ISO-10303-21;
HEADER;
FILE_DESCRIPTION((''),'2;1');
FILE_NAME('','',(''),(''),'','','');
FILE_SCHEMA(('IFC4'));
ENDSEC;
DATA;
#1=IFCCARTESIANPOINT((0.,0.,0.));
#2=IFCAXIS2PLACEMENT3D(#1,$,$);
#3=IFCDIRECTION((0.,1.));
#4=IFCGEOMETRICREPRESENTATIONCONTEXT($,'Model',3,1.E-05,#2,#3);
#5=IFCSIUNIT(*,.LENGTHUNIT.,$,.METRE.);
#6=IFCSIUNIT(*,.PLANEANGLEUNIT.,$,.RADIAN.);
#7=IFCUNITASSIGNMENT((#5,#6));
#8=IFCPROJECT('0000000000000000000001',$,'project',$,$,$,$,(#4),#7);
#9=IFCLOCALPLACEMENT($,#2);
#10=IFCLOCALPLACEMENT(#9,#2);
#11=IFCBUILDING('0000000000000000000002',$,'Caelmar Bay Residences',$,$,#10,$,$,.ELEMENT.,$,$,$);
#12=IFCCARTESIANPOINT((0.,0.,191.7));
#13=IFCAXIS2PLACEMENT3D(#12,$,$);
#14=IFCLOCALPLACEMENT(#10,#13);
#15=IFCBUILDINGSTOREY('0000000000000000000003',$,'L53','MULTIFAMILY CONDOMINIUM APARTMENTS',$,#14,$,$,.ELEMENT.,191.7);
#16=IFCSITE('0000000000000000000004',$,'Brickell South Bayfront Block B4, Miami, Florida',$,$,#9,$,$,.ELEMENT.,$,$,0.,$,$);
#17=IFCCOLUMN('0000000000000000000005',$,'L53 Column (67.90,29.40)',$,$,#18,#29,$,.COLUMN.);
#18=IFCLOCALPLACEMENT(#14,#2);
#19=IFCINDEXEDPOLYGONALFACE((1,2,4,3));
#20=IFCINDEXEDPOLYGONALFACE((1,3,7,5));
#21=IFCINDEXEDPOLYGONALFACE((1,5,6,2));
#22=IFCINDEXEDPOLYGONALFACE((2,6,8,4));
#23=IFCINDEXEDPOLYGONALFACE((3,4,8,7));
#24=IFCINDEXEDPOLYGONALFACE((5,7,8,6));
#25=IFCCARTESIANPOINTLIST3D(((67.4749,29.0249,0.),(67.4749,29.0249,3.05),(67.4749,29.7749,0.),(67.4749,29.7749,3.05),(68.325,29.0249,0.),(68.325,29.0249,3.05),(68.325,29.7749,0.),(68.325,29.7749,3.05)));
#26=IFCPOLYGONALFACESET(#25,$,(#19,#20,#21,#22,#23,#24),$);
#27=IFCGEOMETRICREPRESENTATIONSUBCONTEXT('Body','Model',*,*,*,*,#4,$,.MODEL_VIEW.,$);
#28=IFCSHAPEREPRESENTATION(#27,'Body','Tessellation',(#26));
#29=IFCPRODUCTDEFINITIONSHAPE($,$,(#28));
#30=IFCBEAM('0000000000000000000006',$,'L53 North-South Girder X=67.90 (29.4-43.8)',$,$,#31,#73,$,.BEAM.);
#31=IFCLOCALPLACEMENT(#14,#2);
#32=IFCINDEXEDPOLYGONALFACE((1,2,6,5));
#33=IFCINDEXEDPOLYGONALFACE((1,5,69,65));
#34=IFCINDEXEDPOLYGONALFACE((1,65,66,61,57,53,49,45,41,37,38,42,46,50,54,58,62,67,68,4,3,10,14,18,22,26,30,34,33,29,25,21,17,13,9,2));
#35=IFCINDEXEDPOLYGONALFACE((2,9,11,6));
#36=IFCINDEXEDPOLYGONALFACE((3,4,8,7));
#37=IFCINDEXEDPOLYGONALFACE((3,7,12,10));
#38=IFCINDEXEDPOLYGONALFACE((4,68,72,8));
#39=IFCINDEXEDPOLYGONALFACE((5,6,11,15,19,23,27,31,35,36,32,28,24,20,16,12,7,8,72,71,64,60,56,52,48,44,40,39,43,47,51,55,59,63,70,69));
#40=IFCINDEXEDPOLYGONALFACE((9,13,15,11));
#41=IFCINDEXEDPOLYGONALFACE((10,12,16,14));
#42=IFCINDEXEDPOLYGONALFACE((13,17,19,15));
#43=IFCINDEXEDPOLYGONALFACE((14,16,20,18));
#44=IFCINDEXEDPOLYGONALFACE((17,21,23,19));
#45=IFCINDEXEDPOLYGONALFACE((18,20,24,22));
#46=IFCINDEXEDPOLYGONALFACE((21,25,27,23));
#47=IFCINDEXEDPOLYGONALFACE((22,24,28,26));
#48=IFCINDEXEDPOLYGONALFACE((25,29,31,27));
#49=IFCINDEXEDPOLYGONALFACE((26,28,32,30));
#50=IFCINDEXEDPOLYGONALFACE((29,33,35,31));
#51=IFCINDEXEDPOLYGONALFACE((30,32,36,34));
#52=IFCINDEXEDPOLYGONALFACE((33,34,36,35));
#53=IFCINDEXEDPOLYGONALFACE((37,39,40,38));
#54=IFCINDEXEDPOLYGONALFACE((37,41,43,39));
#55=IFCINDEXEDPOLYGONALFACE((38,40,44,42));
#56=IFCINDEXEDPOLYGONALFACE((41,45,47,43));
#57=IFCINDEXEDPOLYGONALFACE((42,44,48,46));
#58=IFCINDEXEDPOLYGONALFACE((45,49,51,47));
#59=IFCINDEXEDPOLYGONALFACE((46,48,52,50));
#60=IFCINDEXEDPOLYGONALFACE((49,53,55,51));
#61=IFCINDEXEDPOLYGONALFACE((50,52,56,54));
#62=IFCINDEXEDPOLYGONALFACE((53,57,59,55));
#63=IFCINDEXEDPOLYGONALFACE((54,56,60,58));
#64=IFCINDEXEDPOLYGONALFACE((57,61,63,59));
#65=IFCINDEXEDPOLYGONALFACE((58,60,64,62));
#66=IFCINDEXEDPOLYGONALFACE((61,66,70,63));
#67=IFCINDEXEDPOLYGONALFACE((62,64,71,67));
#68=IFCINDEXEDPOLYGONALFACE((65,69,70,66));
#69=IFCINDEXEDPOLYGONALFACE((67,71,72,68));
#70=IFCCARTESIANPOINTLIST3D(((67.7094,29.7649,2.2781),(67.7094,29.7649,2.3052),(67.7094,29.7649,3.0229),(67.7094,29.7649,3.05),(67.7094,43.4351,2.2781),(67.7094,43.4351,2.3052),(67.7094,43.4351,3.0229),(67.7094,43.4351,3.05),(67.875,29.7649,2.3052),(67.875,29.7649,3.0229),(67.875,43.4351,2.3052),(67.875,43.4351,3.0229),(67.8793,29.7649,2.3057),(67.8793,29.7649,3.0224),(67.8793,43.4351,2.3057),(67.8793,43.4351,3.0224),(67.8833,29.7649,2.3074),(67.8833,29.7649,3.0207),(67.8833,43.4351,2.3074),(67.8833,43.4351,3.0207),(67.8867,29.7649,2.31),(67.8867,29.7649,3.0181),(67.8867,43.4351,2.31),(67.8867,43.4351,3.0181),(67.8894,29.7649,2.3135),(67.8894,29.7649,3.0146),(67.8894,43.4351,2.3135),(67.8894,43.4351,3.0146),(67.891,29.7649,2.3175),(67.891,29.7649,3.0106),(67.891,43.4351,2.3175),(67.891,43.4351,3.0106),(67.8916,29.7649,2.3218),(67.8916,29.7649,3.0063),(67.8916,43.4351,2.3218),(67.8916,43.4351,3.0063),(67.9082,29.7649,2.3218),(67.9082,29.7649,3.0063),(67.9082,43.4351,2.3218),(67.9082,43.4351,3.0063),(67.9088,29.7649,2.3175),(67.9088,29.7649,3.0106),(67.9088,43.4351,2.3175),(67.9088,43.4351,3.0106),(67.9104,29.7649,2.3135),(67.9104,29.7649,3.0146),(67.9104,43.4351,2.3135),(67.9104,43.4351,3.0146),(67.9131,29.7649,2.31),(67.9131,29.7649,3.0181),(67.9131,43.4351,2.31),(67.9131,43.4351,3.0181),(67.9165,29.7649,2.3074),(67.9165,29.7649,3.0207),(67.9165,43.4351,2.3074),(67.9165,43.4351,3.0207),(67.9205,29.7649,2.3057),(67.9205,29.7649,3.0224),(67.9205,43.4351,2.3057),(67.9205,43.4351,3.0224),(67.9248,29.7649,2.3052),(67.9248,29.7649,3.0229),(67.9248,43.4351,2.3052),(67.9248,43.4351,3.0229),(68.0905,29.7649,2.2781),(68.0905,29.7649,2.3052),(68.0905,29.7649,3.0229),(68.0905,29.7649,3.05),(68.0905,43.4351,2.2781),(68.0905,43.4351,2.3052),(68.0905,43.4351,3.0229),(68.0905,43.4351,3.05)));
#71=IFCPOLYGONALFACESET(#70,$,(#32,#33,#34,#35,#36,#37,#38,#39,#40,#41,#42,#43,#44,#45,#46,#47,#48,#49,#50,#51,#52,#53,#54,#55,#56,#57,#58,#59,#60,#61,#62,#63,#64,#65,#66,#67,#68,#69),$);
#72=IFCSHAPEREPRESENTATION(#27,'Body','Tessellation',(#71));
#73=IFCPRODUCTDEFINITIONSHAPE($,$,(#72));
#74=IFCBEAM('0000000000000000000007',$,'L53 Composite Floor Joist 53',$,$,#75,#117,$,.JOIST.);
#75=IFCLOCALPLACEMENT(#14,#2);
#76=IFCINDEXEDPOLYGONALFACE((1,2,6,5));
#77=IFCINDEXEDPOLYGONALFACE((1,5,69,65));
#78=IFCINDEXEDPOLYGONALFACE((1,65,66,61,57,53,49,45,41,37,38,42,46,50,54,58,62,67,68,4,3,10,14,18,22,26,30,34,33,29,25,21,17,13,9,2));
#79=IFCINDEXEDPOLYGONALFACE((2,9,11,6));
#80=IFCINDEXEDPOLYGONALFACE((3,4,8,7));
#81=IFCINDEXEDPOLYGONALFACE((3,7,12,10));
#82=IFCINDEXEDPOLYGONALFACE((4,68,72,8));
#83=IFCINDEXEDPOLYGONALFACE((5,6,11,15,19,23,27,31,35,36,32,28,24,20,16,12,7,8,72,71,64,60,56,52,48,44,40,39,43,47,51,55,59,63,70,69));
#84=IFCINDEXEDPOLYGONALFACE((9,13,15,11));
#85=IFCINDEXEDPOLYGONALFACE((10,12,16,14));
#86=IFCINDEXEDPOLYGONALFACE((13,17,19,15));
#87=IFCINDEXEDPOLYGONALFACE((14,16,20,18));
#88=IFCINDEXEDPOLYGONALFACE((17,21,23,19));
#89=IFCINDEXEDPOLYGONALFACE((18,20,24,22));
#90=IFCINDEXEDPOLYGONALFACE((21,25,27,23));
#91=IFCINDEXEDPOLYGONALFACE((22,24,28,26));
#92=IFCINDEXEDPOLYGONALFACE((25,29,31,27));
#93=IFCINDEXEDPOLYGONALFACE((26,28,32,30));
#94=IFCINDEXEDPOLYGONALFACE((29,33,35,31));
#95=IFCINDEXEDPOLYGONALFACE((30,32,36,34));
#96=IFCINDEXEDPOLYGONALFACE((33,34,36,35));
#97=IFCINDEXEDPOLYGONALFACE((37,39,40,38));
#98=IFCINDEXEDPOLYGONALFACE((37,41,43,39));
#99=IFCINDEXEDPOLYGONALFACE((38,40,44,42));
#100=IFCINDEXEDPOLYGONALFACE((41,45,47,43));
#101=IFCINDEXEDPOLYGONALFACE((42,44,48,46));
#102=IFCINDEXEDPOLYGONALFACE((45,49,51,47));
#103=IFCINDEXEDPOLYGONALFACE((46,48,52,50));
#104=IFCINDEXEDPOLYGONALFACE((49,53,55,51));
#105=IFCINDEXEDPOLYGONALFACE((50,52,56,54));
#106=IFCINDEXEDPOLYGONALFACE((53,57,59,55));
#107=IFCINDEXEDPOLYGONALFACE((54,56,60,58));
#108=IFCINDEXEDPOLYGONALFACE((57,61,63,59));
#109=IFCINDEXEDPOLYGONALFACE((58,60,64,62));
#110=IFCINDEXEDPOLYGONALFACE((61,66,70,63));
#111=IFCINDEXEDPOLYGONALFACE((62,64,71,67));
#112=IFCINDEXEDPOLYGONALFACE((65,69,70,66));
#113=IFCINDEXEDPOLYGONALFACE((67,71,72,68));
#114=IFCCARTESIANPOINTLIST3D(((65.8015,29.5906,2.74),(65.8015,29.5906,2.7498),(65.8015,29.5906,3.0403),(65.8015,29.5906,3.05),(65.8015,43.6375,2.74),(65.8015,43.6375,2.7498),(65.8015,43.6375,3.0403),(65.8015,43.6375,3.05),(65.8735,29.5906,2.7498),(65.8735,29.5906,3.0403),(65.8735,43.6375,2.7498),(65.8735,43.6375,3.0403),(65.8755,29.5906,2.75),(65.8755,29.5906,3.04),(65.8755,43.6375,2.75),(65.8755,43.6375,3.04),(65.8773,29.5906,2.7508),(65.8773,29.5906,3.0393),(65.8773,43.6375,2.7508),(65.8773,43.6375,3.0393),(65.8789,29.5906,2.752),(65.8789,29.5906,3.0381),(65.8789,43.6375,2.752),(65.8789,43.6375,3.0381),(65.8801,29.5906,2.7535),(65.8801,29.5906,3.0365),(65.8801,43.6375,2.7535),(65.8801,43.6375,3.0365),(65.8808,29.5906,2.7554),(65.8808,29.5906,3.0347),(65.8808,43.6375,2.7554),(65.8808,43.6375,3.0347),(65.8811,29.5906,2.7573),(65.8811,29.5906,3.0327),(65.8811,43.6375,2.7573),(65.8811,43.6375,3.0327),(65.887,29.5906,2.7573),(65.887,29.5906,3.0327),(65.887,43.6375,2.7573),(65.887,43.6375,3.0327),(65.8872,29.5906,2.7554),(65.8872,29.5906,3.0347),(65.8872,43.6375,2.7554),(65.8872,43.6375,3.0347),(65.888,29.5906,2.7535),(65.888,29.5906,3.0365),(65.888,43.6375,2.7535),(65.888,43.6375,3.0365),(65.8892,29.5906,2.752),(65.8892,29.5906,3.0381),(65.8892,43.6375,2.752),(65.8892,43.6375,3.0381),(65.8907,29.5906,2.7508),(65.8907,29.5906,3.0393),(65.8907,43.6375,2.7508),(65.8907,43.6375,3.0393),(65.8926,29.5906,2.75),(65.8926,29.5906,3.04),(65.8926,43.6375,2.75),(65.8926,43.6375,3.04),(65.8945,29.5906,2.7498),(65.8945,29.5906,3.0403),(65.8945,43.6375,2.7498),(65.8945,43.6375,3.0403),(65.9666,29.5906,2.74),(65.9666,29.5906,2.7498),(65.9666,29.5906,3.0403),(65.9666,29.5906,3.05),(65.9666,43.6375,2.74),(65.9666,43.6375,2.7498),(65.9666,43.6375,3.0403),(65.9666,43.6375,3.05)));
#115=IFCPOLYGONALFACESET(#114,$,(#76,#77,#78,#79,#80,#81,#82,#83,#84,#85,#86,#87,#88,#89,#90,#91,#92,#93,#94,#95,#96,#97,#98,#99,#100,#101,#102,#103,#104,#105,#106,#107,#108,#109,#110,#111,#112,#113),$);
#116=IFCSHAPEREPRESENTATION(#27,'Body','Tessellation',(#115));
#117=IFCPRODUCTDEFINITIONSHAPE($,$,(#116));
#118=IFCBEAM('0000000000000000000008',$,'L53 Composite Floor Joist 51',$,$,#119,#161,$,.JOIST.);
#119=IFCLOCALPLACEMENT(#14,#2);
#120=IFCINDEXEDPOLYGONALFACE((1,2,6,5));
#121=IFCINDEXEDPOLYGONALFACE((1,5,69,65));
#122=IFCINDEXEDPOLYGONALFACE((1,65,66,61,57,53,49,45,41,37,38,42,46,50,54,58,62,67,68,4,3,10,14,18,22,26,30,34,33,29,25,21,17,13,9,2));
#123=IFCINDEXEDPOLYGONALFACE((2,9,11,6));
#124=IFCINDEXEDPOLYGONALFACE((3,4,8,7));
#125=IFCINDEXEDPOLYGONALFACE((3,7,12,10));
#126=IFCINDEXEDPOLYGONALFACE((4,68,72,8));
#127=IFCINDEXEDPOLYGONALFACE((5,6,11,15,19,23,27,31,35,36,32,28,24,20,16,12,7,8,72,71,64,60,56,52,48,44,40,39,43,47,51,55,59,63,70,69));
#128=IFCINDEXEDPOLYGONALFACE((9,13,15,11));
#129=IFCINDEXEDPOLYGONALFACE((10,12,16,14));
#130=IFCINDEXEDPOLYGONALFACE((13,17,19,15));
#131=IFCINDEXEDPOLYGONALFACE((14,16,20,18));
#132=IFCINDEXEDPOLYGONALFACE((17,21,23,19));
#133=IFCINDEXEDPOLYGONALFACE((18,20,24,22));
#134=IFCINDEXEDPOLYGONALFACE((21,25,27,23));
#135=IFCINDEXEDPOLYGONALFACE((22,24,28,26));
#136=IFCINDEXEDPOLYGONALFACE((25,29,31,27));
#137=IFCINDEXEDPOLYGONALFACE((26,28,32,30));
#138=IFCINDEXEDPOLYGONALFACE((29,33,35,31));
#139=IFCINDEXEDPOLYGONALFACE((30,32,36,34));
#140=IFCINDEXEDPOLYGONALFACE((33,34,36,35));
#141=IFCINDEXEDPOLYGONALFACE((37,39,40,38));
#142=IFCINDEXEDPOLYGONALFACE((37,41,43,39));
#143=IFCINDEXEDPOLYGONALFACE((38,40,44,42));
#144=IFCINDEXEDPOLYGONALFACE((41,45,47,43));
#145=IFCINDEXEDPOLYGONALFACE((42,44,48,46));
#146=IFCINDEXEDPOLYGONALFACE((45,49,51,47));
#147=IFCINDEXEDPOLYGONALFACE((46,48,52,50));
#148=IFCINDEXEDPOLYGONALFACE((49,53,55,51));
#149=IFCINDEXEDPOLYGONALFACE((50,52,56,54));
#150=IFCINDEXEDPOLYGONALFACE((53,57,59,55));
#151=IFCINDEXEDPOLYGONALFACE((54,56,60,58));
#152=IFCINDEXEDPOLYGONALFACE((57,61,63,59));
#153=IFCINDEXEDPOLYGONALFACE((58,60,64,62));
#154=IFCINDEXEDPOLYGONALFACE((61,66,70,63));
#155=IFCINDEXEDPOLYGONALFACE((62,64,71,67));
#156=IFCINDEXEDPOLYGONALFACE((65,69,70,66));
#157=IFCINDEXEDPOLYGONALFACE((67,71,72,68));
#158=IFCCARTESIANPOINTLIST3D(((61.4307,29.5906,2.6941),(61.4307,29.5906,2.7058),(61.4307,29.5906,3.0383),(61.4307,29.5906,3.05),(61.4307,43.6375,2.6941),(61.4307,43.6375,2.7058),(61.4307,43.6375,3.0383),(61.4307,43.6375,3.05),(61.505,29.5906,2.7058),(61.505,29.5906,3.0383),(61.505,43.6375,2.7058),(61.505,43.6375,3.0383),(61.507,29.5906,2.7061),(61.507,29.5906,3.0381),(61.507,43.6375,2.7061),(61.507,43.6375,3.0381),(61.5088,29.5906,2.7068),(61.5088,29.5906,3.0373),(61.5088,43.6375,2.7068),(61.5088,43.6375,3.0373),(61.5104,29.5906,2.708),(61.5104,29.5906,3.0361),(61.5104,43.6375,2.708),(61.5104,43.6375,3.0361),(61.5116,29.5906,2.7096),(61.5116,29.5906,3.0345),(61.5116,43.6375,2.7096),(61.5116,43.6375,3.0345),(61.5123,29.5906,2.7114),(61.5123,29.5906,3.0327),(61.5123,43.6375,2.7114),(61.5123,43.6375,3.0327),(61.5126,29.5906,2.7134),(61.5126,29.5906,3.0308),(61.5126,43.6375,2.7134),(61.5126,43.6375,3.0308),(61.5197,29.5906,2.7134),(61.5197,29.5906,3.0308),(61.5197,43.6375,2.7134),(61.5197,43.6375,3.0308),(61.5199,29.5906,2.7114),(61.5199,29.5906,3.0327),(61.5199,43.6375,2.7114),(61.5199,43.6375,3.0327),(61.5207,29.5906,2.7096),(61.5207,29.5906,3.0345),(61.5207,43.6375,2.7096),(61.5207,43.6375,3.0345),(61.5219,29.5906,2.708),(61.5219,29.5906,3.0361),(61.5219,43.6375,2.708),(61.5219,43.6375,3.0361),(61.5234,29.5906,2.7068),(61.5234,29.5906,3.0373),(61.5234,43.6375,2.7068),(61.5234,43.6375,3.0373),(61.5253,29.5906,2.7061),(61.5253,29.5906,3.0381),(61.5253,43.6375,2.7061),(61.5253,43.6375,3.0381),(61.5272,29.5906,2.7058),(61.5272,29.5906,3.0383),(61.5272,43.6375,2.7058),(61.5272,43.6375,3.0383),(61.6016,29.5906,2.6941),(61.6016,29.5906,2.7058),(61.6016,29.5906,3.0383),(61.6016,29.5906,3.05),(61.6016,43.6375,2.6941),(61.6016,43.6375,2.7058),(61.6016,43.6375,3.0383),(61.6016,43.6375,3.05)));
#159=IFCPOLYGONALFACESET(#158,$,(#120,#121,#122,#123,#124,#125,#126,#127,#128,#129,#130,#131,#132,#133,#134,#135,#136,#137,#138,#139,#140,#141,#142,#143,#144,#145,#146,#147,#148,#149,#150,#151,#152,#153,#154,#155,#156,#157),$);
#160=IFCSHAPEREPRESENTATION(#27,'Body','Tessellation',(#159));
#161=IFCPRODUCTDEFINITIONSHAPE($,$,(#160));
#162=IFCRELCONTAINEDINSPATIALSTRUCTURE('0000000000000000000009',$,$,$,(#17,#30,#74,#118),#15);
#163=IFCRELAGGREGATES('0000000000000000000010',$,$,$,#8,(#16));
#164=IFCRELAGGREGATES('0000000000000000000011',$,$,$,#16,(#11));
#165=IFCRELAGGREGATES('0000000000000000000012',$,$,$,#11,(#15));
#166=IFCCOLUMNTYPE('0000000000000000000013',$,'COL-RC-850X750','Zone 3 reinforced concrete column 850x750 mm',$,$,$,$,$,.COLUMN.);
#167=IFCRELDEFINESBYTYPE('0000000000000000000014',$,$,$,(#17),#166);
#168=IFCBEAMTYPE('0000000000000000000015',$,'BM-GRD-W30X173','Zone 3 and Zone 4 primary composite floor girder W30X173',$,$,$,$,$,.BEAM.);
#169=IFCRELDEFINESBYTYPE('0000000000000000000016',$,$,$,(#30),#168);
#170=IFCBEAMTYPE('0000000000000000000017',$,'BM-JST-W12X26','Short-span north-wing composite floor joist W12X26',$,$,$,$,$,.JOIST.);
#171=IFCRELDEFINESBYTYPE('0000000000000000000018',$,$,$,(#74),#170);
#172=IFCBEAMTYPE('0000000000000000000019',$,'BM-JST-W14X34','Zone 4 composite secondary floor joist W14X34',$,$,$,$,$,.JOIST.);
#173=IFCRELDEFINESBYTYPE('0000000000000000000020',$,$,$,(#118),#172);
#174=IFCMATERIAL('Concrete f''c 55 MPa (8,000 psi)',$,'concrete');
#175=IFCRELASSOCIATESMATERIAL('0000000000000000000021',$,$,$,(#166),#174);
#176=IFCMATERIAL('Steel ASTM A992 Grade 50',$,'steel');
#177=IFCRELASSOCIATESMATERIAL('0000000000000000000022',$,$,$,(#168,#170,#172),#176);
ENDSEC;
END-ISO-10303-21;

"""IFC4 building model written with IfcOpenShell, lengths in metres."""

from ifc_helpers import new_model, si_unit, direction, frame, origin, origin_2d, place, context, subcontext, project, spatial, rectangle, i_section, extrude, material, material_profile, profile_set, type_object, element, save


model = new_model("IFC4")

# Units and contexts
model_context = context("Model", 3, precision=1e-05, world=origin(), true_north=direction((0.0, 1.0)))
body_context = subcontext(model_context, "Body", "Model", "MODEL_VIEW")
ifc_project = project(units=[si_unit("LENGTHUNIT", "METRE"), si_unit("PLANEANGLEUNIT", "RADIAN")], contexts=[model_context])

# Site, building, storey
site_placement = place(None, origin())
site = spatial("IfcSite", under=ifc_project, at=site_placement, Name="Brickell South Bayfront Block B4, Miami, Florida", CompositionType="ELEMENT", RefElevation=0.0)
building_placement = place(site_placement, origin())
building = spatial("IfcBuilding", under=site, at=building_placement, Name="Caelmar Bay Residences", CompositionType="ELEMENT")
storey_placement = place(building_placement, frame((0.0, 0.0, 191.7)))
storey = spatial("IfcBuildingStorey", under=building, at=storey_placement, Name="L53", Description="MULTIFAMILY CONDOMINIUM APARTMENTS", CompositionType="ELEMENT", Elevation=191.7)

# Column
ifc_material_1 = material(Name="Concrete f'c 55 MPa (8,000 psi)", Category="concrete")
ifc_material_profile_1 = material_profile(ifc_material_1, rectangle(XDim=0.8501, YDim=0.75, at=origin_2d()), Name="RC-COL-850X750")
ifc_profile_set_1 = profile_set([ifc_material_profile_1], Name="Concrete f'c 55 MPa (8,000 psi)")
column_type = type_object("IfcColumnType", Name="COL-RC-850X750", Description="Zone 3 reinforced concrete column 850x750 mm", PredefinedType="COLUMN", material=ifc_profile_set_1)
column_placement = place(storey_placement, frame((67.8999, 29.3999, 0.0), z_axis=(0.0, 0.0, 1.0), x_axis=(1.0, 0.0, 0.0)))
element("IfcColumn", 1, at=column_placement, inside=storey, type_object=column_type, Name="L53 Column (67.90,29.40)", PredefinedType="COLUMN", context=body_context, shape_type="SweptSolid", body=[
    extrude(rectangle(XDim=0.8501, YDim=0.75, at=origin_2d()), origin(), (0.0, 0.0, 1.0), 3.05),
])

# Beams
ifc_material_2 = material(Name="Steel ASTM A992 Grade 50", Category="steel")
ifc_material_profile_2 = material_profile(ifc_material_2, i_section(OverallWidth=0.3811, OverallDepth=0.772, WebThickness=0.0166, FlangeThickness=0.0271, FilletRadius=0.0166, at=origin_2d()), Name="W30X173")
ifc_profile_set_2 = profile_set([ifc_material_profile_2], Name="Steel ASTM A992 Grade 50")
beam_type_1 = type_object("IfcBeamType", Name="BM-GRD-W30X173", Description="Zone 3 and Zone 4 primary composite floor girder W30X173", PredefinedType="BEAM", material=ifc_profile_set_2)
beam_1_placement = place(storey_placement, frame((67.8999, 29.7649, 2.6641), z_axis=(0.0, 1.0, 0.0), x_axis=(-1.0, 0.0, 0.0)))
element("IfcBeam", 2, at=beam_1_placement, inside=storey, type_object=beam_type_1, Name="L53 North-South Girder X=67.90 (29.4-43.8)", PredefinedType="BEAM", context=body_context, shape_type="SweptSolid", body=[
    extrude(i_section(OverallWidth=0.3811, OverallDepth=0.772, WebThickness=0.0166, FlangeThickness=0.0271, FilletRadius=0.0166, at=origin_2d()), origin(), (0.0, 0.0, 1.0), 13.6702),
])
ifc_material_profile_3 = material_profile(ifc_material_2, i_section(OverallWidth=0.165, OverallDepth=0.3101, WebThickness=0.0059, FlangeThickness=0.0098, FilletRadius=0.0076, at=origin_2d()), Name="W12X26")
ifc_profile_set_3 = profile_set([ifc_material_profile_3], Name="Steel ASTM A992 Grade 50")
beam_type_2 = type_object("IfcBeamType", Name="BM-JST-W12X26", Description="Short-span north-wing composite floor joist W12X26", PredefinedType="JOIST", material=ifc_profile_set_3)
beam_2_placement = place(storey_placement, frame((65.884, 29.5906, 2.895), z_axis=(0.0, 1.0, 0.0), x_axis=(-1.0, 0.0, 0.0)))
element("IfcBeam", 3, at=beam_2_placement, inside=storey, type_object=beam_type_2, Name="L53 Composite Floor Joist 53", PredefinedType="JOIST", context=body_context, shape_type="SweptSolid", body=[
    extrude(i_section(OverallWidth=0.165, OverallDepth=0.3101, WebThickness=0.0059, FlangeThickness=0.0098, FilletRadius=0.0076, at=origin_2d()), origin(), (0.0, 0.0, 1.0), 14.0469),
])
ifc_material_profile_4 = material_profile(ifc_material_2, i_section(OverallWidth=0.1709, OverallDepth=0.356, WebThickness=0.0071, FlangeThickness=0.0117, FilletRadius=0.0076, at=origin_2d()), Name="W14X34")
ifc_profile_set_4 = profile_set([ifc_material_profile_4], Name="Steel ASTM A992 Grade 50")
beam_type_3 = type_object("IfcBeamType", Name="BM-JST-W14X34", Description="Zone 4 composite secondary floor joist W14X34", PredefinedType="JOIST", material=ifc_profile_set_4)
beam_3_placement = place(storey_placement, frame((61.5161, 29.5906, 2.8721), z_axis=(0.0, 1.0, 0.0), x_axis=(-1.0, 0.0, 0.0)))
element("IfcBeam", 4, at=beam_3_placement, inside=storey, type_object=beam_type_3, Name="L53 Composite Floor Joist 51", PredefinedType="JOIST", context=body_context, shape_type="SweptSolid", body=[
    extrude(i_section(OverallWidth=0.1709, OverallDepth=0.356, WebThickness=0.0071, FlangeThickness=0.0117, FilletRadius=0.0076, at=origin_2d()), origin(), (0.0, 0.0, 1.0), 14.0469),
])

save(model, "model.ifc")
